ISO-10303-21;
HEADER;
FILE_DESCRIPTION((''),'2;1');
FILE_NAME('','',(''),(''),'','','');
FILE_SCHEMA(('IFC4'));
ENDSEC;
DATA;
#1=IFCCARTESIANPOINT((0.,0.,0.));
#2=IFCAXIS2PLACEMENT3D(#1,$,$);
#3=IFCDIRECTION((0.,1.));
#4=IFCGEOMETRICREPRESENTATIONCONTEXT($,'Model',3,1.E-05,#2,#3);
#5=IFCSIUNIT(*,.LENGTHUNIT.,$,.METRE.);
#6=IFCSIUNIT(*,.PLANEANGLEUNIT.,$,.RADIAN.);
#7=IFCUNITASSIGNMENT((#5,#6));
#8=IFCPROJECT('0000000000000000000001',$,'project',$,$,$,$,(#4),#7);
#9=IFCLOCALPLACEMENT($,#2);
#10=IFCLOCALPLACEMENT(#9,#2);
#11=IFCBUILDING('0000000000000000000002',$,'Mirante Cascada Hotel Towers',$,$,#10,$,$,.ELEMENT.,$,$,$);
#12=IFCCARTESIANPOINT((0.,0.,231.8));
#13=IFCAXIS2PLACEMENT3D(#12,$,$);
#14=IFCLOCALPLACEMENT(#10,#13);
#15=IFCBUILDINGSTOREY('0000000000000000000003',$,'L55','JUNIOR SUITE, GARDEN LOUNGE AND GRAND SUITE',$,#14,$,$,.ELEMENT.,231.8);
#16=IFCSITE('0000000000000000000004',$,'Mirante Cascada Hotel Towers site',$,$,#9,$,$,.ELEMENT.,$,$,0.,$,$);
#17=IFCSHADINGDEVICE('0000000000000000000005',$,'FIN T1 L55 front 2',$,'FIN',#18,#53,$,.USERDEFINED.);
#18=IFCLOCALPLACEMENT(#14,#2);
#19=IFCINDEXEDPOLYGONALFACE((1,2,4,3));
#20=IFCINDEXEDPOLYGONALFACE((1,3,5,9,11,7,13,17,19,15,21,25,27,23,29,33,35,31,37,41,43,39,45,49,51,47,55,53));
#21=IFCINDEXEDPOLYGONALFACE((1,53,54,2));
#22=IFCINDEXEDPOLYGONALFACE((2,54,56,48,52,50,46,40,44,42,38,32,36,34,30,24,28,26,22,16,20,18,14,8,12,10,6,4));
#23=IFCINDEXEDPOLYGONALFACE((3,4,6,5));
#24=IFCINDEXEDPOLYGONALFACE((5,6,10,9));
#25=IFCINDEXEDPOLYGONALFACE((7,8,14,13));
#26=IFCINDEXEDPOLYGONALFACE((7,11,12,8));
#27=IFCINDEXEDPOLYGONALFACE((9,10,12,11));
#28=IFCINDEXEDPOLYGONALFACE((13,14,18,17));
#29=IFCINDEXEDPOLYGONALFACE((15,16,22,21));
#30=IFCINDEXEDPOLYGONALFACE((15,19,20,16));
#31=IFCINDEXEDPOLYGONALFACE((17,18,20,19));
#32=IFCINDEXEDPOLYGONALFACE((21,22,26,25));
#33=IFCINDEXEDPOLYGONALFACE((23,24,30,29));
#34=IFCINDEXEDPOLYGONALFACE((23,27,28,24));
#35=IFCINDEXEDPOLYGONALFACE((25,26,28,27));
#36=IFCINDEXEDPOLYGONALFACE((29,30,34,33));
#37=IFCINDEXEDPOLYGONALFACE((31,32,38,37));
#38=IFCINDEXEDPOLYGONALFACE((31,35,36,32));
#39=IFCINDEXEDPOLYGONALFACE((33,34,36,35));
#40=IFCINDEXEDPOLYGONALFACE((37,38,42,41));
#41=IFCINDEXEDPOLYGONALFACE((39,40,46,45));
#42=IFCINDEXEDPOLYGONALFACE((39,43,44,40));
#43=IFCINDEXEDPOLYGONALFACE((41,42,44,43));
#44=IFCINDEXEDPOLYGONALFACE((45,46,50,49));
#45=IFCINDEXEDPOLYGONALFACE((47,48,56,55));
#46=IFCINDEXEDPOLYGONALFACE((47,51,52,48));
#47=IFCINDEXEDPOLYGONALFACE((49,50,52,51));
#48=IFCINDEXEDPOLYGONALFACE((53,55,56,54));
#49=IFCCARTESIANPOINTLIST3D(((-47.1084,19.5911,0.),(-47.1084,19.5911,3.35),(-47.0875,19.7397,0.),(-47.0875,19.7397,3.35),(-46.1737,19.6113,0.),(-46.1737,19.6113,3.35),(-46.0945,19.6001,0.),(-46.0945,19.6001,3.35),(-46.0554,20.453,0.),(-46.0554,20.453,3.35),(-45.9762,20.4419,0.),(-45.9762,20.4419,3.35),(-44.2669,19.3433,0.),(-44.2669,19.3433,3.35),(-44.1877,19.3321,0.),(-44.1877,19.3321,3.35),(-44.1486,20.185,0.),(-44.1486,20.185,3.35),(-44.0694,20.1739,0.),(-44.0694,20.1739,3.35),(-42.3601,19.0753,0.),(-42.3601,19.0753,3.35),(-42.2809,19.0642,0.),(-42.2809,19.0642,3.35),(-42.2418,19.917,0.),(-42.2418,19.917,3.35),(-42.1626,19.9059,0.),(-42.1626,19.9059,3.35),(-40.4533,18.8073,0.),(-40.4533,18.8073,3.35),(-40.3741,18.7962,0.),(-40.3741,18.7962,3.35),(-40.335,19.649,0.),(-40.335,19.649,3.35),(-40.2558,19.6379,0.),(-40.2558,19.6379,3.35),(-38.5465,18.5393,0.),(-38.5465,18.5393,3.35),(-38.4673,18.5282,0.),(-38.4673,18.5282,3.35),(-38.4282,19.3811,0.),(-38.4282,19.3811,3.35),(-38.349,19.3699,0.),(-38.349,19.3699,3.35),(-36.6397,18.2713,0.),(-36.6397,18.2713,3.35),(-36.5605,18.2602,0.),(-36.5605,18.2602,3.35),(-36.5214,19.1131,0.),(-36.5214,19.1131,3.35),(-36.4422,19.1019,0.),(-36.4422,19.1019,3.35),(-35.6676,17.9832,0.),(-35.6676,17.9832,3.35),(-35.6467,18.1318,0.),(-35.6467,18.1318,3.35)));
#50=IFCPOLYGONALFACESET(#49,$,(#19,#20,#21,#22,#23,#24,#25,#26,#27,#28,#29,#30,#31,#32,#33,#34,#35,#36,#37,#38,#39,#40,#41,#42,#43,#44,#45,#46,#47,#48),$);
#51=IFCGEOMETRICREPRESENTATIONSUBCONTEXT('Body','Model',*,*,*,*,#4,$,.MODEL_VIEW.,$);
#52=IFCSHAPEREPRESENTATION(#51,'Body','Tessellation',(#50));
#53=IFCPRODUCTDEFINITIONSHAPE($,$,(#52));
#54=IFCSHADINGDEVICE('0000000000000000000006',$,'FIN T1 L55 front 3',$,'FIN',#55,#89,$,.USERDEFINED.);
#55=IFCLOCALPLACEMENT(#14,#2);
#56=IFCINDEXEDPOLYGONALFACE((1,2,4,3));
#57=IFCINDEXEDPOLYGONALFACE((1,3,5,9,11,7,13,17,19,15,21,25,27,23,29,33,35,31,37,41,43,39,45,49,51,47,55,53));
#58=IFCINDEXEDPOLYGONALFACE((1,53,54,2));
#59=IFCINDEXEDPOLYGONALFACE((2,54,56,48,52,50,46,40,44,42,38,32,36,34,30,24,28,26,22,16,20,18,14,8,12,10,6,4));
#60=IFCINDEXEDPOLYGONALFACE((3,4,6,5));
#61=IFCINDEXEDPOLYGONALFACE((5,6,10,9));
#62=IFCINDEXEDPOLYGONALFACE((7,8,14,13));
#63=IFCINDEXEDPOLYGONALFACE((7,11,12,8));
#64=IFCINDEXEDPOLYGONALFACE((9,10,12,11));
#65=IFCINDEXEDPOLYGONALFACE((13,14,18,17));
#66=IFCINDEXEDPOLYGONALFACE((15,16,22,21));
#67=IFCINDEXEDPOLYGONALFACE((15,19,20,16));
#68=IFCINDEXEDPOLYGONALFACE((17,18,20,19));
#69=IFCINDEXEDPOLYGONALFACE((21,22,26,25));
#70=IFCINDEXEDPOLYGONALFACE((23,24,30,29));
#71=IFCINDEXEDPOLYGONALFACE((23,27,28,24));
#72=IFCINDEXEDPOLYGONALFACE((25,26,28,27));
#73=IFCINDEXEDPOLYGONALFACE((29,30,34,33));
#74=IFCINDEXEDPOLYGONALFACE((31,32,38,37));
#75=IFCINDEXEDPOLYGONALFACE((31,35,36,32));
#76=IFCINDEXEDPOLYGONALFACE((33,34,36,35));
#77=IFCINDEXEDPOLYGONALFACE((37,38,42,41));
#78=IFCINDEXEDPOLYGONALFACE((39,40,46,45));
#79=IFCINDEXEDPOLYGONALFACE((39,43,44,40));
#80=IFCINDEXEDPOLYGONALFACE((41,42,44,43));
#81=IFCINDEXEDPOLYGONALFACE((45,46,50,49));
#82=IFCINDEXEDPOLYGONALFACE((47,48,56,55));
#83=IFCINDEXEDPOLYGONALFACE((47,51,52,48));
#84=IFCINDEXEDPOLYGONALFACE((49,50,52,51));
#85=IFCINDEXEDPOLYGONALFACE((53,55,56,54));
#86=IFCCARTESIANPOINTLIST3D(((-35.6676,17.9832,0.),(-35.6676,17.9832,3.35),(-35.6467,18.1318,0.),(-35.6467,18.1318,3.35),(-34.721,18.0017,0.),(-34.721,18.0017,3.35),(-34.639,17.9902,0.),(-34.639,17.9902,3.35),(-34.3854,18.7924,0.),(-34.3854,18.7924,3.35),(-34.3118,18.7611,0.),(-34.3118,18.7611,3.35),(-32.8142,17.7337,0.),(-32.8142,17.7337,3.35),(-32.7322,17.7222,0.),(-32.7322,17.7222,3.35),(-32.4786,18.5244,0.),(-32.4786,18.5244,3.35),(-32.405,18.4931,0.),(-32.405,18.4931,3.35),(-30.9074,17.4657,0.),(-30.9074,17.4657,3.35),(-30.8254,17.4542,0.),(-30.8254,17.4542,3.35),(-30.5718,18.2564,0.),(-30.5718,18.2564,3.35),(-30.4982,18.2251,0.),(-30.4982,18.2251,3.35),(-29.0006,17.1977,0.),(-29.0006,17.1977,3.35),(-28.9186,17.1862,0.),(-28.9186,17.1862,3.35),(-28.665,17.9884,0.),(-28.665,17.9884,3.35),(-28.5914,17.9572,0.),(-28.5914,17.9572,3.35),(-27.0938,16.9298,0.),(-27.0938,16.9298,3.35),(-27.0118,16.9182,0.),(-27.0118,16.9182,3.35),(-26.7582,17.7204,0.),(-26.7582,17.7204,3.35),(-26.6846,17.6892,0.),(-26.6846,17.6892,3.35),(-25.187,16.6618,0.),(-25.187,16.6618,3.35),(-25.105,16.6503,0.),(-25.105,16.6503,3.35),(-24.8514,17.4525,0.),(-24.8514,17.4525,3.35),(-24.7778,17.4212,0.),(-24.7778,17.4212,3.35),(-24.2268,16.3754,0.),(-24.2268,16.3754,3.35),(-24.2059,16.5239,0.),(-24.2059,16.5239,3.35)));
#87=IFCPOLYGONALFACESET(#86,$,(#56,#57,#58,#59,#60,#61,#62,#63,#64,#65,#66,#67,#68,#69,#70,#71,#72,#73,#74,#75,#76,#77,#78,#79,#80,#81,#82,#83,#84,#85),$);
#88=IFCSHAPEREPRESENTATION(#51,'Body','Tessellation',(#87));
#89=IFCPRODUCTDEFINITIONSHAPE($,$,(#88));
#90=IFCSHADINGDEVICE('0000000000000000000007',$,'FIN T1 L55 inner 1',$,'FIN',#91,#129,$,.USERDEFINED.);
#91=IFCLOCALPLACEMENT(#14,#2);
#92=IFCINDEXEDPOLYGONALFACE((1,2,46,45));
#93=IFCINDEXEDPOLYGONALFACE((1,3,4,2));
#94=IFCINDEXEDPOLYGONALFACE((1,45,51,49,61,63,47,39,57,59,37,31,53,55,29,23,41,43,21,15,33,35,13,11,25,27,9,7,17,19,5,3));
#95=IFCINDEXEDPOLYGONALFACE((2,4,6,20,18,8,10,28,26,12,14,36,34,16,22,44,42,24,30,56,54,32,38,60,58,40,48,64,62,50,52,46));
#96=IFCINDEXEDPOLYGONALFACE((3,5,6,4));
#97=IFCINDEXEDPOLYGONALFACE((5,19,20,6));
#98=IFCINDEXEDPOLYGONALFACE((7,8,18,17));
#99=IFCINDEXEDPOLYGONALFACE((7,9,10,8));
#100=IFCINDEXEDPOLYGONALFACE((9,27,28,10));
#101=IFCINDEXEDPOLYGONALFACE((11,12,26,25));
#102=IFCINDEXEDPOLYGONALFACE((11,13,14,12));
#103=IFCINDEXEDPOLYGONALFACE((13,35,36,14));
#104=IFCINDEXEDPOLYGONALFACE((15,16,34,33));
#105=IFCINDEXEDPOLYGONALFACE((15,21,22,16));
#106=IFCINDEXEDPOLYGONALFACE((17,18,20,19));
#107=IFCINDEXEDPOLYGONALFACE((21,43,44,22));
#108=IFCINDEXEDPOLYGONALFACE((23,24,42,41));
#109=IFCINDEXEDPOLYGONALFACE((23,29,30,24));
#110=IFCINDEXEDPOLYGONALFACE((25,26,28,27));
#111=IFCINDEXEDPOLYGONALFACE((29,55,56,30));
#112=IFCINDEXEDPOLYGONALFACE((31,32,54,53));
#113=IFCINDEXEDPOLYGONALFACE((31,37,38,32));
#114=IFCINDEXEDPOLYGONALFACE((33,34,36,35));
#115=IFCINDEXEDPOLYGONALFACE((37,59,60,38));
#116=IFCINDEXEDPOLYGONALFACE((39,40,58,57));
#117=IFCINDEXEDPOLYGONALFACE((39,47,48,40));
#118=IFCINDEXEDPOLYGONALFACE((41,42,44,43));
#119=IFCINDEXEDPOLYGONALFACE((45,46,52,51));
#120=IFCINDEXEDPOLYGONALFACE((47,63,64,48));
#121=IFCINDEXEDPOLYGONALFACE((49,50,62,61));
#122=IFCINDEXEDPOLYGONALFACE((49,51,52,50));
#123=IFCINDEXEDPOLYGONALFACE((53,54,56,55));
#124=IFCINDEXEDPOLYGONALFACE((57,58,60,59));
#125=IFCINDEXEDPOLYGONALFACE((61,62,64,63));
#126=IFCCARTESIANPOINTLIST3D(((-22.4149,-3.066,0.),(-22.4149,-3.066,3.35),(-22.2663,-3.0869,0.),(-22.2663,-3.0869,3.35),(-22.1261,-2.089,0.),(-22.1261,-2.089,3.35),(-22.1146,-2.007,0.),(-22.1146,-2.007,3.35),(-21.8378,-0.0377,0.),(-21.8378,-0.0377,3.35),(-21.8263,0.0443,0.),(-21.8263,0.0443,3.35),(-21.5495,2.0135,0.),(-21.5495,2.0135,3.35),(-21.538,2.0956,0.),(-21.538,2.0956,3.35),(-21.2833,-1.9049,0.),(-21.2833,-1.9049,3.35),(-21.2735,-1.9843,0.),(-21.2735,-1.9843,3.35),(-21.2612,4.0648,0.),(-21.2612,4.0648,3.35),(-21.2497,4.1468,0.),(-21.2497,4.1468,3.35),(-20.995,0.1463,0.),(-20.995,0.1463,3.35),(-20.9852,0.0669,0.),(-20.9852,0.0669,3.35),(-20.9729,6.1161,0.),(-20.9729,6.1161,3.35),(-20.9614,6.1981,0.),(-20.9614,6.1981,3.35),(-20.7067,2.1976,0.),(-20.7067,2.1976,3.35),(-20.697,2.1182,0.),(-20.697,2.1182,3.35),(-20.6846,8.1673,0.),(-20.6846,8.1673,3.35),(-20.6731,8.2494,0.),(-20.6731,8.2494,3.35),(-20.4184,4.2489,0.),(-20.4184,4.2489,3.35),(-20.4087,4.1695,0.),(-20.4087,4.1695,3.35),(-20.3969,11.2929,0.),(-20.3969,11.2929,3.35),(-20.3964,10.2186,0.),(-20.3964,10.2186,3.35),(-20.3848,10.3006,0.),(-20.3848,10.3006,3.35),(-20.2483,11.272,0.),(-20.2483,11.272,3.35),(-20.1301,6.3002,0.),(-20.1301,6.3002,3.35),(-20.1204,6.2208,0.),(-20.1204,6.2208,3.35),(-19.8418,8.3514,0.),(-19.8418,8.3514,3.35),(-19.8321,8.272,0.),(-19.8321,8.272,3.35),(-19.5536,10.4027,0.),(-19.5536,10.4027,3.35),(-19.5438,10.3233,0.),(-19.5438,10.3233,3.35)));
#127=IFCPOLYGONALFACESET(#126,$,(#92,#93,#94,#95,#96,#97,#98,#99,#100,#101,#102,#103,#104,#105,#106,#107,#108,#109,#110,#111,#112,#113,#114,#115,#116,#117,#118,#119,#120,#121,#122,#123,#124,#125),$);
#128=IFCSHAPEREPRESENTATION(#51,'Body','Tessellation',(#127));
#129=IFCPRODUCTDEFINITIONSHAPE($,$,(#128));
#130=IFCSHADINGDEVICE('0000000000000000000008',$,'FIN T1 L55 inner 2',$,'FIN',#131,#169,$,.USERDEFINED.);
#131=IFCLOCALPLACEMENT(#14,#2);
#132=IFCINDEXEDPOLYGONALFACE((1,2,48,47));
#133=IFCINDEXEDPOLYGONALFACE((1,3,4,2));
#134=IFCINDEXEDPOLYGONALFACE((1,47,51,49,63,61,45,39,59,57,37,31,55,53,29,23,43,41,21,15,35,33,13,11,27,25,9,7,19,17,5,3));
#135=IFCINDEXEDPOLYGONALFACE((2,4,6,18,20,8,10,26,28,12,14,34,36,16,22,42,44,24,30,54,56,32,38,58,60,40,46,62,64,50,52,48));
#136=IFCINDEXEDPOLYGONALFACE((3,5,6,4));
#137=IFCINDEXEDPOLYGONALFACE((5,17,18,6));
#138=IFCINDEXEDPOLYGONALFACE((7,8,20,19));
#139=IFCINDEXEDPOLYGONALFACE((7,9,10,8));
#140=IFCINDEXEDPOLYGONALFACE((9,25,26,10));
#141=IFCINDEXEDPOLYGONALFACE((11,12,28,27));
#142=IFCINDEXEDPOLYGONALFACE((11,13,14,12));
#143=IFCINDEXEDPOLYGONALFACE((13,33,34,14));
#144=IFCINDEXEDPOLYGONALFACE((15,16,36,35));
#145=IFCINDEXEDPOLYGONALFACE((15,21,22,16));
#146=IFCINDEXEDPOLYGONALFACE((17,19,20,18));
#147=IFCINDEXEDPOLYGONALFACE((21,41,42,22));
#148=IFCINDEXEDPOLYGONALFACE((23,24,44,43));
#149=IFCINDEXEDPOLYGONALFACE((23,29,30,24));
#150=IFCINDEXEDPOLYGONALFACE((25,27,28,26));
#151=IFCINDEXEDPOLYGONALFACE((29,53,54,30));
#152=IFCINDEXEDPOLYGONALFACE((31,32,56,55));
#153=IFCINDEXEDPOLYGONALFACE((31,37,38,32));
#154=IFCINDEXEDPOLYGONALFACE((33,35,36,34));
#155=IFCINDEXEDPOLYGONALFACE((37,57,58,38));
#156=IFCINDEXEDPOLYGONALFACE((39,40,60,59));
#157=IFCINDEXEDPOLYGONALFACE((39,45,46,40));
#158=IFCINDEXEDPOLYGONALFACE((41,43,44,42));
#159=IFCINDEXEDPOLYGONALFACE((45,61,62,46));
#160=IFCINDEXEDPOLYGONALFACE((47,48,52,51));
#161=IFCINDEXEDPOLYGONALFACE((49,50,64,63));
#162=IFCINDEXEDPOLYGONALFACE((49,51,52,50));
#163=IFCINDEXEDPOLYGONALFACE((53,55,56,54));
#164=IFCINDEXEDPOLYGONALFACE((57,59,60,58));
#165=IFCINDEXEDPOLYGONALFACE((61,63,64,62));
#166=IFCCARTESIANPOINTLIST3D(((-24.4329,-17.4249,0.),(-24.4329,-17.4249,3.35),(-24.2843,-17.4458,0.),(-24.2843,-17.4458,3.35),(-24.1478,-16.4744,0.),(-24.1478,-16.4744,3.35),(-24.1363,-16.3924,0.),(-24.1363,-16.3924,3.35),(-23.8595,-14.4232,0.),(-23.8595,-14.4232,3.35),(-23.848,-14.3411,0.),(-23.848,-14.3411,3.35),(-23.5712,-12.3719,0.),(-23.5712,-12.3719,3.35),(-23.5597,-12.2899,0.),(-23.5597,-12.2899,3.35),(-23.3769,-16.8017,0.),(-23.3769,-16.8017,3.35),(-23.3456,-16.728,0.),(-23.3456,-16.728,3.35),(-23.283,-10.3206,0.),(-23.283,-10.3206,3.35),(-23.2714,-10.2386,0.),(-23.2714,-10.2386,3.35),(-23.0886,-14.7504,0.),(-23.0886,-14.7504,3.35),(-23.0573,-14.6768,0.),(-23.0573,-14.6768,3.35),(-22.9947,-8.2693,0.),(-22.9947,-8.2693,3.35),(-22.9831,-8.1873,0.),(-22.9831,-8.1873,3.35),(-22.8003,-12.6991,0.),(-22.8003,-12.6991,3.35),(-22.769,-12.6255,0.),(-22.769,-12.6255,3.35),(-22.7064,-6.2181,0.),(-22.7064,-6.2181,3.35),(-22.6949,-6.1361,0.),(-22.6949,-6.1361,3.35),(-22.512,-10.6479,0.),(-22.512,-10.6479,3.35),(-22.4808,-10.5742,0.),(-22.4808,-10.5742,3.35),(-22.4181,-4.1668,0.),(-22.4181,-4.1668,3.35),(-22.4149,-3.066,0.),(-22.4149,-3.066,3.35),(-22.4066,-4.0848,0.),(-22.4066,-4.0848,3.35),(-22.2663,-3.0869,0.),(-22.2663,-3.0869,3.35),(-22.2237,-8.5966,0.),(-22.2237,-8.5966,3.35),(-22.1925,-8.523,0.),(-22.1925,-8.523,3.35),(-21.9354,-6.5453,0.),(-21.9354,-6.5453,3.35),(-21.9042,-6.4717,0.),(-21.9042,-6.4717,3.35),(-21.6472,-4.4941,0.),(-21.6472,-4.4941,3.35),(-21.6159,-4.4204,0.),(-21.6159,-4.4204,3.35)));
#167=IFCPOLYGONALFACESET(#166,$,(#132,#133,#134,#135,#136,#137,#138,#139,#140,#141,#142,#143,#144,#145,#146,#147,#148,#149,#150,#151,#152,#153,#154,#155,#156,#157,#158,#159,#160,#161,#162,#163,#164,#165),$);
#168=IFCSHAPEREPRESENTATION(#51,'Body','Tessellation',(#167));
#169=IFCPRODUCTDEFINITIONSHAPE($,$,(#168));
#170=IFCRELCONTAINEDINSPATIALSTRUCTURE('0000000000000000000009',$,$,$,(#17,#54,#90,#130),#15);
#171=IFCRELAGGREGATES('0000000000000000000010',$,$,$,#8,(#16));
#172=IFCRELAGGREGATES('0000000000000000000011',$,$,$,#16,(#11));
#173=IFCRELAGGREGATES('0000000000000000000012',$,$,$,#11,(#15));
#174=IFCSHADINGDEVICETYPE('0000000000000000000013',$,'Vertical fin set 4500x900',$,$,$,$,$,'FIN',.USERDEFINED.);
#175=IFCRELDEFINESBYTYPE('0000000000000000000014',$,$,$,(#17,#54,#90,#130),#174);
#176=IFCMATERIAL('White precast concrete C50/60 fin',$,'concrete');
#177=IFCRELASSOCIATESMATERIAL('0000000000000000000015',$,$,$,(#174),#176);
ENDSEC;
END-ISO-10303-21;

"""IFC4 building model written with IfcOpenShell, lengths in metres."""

from ifc_helpers import new_model, si_unit, direction, frame, origin, place, context, subcontext, project, spatial, polyline, outline, extrude, material, type_object, element, save


model = new_model("IFC4")

# Units and contexts
model_context = context("Model", 3, precision=1e-05, world=origin(), true_north=direction((0.0, 1.0)))
body_context = subcontext(model_context, "Body", "Model", "MODEL_VIEW")
ifc_project = project(units=[si_unit("LENGTHUNIT", "METRE"), si_unit("PLANEANGLEUNIT", "RADIAN")], contexts=[model_context])

# Site, building, storey
site_placement = place(None, origin())
site = spatial("IfcSite", under=ifc_project, at=site_placement, Name="Mirante Cascada Hotel Towers site", CompositionType="ELEMENT", RefElevation=0.0)
building_placement = place(site_placement, origin())
building = spatial("IfcBuilding", under=site, at=building_placement, Name="Mirante Cascada Hotel Towers", CompositionType="ELEMENT")
storey_placement = place(building_placement, frame((0.0, 0.0, 231.8)))
storey = spatial("IfcBuildingStorey", under=building, at=storey_placement, Name="L55", Description="JUNIOR SUITE, GARDEN LOUNGE AND GRAND SUITE", CompositionType="ELEMENT", Elevation=231.8)

# Shading devices
ifc_material_1 = material(Name="White precast concrete C50/60 fin", Category="concrete")
shading_device_type = type_object("IfcShadingDeviceType", Name="Vertical fin set 4500x900", ElementType="FIN", PredefinedType="USERDEFINED", material=ifc_material_1)
shading_device_1_placement = place(storey_placement, origin())
element("IfcShadingDevice", 1, at=shading_device_1_placement, inside=storey, type_object=shading_device_type, Name="FIN T1 L55 front 2", ObjectType="FIN", PredefinedType="USERDEFINED", context=body_context, shape_type="SweptSolid", body=[
    extrude(outline(polyline([(-36.4422, 19.1019), (-36.5605, 18.2602), (-35.6467, 18.1318), (-35.6676, 17.9832), (-47.1084, 19.5911), (-47.0875, 19.7397), (-46.1737, 19.6113), (-46.0554, 20.453), (-45.9762, 20.4419), (-46.0945, 19.6001), (-44.2669, 19.3433), (-44.1486, 20.185), (-44.0694, 20.1739), (-44.1877, 19.3321), (-42.3601, 19.0753), (-42.2418, 19.917), (-42.1626, 19.9059), (-42.2809, 19.0642), (-40.4533, 18.8073), (-40.335, 19.649), (-40.2558, 19.6379), (-40.3741, 18.7962), (-38.5465, 18.5393), (-38.4282, 19.3811), (-38.349, 19.3699), (-38.4673, 18.5282), (-36.6397, 18.2713), (-36.5214, 19.1131), (-36.4422, 19.1019)])), origin(), (0.0, 0.0, 1.0), 3.35),
])
shading_device_2_placement = place(storey_placement, origin())
element("IfcShadingDevice", 2, at=shading_device_2_placement, inside=storey, type_object=shading_device_type, Name="FIN T1 L55 front 3", ObjectType="FIN", PredefinedType="USERDEFINED", context=body_context, shape_type="SweptSolid", body=[
    extrude(outline(polyline([(-24.7778, 17.4212), (-25.105, 16.6503), (-24.2059, 16.5239), (-24.2268, 16.3754), (-35.6676, 17.9832), (-35.6467, 18.1318), (-34.721, 18.0017), (-34.3854, 18.7924), (-34.3118, 18.7611), (-34.639, 17.9902), (-32.8142, 17.7337), (-32.4786, 18.5244), (-32.405, 18.4931), (-32.7322, 17.7222), (-30.9074, 17.4657), (-30.5718, 18.2564), (-30.4982, 18.2251), (-30.8254, 17.4542), (-29.0006, 17.1977), (-28.665, 17.9884), (-28.5914, 17.9572), (-28.9186, 17.1862), (-27.0938, 16.9298), (-26.7582, 17.7204), (-26.6846, 17.6892), (-27.0118, 16.9182), (-25.187, 16.6618), (-24.8514, 17.4525), (-24.7778, 17.4212)])), origin(), (0.0, 0.0, 1.0), 3.35),
])
shading_device_3_placement = place(storey_placement, origin())
element("IfcShadingDevice", 3, at=shading_device_3_placement, inside=storey, type_object=shading_device_type, Name="FIN T1 L55 inner 1", ObjectType="FIN", PredefinedType="USERDEFINED", context=body_context, shape_type="SweptSolid", body=[
    extrude(outline(polyline([(-22.1261, -2.089), (-22.2663, -3.0869), (-22.4149, -3.066), (-20.3969, 11.2929), (-20.2483, 11.272), (-20.3848, 10.3006), (-19.5536, 10.4027), (-19.5438, 10.3233), (-20.3964, 10.2186), (-20.6731, 8.2494), (-19.8418, 8.3514), (-19.8321, 8.272), (-20.6846, 8.1673), (-20.9614, 6.1981), (-20.1301, 6.3002), (-20.1204, 6.2208), (-20.9729, 6.1161), (-21.2497, 4.1468), (-20.4184, 4.2489), (-20.4087, 4.1695), (-21.2612, 4.0648), (-21.538, 2.0956), (-20.7067, 2.1976), (-20.697, 2.1182), (-21.5495, 2.0135), (-21.8263, 0.0443), (-20.995, 0.1463), (-20.9852, 0.0669), (-21.8378, -0.0377), (-22.1146, -2.007), (-21.2833, -1.9049), (-21.2735, -1.9843), (-22.1261, -2.089)])), origin(), (0.0, 0.0, 1.0), 3.35),
])
shading_device_4_placement = place(storey_placement, origin())
element("IfcShadingDevice", 4, at=shading_device_4_placement, inside=storey, type_object=shading_device_type, Name="FIN T1 L55 inner 2", ObjectType="FIN", PredefinedType="USERDEFINED", context=body_context, shape_type="SweptSolid", body=[
    extrude(outline(polyline([(-24.1478, -16.4744), (-24.2843, -17.4458), (-24.4329, -17.4249), (-22.4149, -3.066), (-22.2663, -3.0869), (-22.4066, -4.0848), (-21.6159, -4.4204), (-21.6472, -4.4941), (-22.4181, -4.1668), (-22.6949, -6.1361), (-21.9042, -6.4717), (-21.9354, -6.5453), (-22.7064, -6.2181), (-22.9831, -8.1873), (-22.1925, -8.523), (-22.2237, -8.5966), (-22.9947, -8.2693), (-23.2714, -10.2386), (-22.4808, -10.5742), (-22.512, -10.6479), (-23.283, -10.3206), (-23.5597, -12.2899), (-22.769, -12.6255), (-22.8003, -12.6991), (-23.5712, -12.3719), (-23.848, -14.3411), (-23.0573, -14.6768), (-23.0886, -14.7504), (-23.8595, -14.4232), (-24.1363, -16.3924), (-23.3456, -16.728), (-23.3769, -16.8017), (-24.1478, -16.4744)])), origin(), (0.0, 0.0, 1.0), 3.35),
])

save(model, "model.ifc")
